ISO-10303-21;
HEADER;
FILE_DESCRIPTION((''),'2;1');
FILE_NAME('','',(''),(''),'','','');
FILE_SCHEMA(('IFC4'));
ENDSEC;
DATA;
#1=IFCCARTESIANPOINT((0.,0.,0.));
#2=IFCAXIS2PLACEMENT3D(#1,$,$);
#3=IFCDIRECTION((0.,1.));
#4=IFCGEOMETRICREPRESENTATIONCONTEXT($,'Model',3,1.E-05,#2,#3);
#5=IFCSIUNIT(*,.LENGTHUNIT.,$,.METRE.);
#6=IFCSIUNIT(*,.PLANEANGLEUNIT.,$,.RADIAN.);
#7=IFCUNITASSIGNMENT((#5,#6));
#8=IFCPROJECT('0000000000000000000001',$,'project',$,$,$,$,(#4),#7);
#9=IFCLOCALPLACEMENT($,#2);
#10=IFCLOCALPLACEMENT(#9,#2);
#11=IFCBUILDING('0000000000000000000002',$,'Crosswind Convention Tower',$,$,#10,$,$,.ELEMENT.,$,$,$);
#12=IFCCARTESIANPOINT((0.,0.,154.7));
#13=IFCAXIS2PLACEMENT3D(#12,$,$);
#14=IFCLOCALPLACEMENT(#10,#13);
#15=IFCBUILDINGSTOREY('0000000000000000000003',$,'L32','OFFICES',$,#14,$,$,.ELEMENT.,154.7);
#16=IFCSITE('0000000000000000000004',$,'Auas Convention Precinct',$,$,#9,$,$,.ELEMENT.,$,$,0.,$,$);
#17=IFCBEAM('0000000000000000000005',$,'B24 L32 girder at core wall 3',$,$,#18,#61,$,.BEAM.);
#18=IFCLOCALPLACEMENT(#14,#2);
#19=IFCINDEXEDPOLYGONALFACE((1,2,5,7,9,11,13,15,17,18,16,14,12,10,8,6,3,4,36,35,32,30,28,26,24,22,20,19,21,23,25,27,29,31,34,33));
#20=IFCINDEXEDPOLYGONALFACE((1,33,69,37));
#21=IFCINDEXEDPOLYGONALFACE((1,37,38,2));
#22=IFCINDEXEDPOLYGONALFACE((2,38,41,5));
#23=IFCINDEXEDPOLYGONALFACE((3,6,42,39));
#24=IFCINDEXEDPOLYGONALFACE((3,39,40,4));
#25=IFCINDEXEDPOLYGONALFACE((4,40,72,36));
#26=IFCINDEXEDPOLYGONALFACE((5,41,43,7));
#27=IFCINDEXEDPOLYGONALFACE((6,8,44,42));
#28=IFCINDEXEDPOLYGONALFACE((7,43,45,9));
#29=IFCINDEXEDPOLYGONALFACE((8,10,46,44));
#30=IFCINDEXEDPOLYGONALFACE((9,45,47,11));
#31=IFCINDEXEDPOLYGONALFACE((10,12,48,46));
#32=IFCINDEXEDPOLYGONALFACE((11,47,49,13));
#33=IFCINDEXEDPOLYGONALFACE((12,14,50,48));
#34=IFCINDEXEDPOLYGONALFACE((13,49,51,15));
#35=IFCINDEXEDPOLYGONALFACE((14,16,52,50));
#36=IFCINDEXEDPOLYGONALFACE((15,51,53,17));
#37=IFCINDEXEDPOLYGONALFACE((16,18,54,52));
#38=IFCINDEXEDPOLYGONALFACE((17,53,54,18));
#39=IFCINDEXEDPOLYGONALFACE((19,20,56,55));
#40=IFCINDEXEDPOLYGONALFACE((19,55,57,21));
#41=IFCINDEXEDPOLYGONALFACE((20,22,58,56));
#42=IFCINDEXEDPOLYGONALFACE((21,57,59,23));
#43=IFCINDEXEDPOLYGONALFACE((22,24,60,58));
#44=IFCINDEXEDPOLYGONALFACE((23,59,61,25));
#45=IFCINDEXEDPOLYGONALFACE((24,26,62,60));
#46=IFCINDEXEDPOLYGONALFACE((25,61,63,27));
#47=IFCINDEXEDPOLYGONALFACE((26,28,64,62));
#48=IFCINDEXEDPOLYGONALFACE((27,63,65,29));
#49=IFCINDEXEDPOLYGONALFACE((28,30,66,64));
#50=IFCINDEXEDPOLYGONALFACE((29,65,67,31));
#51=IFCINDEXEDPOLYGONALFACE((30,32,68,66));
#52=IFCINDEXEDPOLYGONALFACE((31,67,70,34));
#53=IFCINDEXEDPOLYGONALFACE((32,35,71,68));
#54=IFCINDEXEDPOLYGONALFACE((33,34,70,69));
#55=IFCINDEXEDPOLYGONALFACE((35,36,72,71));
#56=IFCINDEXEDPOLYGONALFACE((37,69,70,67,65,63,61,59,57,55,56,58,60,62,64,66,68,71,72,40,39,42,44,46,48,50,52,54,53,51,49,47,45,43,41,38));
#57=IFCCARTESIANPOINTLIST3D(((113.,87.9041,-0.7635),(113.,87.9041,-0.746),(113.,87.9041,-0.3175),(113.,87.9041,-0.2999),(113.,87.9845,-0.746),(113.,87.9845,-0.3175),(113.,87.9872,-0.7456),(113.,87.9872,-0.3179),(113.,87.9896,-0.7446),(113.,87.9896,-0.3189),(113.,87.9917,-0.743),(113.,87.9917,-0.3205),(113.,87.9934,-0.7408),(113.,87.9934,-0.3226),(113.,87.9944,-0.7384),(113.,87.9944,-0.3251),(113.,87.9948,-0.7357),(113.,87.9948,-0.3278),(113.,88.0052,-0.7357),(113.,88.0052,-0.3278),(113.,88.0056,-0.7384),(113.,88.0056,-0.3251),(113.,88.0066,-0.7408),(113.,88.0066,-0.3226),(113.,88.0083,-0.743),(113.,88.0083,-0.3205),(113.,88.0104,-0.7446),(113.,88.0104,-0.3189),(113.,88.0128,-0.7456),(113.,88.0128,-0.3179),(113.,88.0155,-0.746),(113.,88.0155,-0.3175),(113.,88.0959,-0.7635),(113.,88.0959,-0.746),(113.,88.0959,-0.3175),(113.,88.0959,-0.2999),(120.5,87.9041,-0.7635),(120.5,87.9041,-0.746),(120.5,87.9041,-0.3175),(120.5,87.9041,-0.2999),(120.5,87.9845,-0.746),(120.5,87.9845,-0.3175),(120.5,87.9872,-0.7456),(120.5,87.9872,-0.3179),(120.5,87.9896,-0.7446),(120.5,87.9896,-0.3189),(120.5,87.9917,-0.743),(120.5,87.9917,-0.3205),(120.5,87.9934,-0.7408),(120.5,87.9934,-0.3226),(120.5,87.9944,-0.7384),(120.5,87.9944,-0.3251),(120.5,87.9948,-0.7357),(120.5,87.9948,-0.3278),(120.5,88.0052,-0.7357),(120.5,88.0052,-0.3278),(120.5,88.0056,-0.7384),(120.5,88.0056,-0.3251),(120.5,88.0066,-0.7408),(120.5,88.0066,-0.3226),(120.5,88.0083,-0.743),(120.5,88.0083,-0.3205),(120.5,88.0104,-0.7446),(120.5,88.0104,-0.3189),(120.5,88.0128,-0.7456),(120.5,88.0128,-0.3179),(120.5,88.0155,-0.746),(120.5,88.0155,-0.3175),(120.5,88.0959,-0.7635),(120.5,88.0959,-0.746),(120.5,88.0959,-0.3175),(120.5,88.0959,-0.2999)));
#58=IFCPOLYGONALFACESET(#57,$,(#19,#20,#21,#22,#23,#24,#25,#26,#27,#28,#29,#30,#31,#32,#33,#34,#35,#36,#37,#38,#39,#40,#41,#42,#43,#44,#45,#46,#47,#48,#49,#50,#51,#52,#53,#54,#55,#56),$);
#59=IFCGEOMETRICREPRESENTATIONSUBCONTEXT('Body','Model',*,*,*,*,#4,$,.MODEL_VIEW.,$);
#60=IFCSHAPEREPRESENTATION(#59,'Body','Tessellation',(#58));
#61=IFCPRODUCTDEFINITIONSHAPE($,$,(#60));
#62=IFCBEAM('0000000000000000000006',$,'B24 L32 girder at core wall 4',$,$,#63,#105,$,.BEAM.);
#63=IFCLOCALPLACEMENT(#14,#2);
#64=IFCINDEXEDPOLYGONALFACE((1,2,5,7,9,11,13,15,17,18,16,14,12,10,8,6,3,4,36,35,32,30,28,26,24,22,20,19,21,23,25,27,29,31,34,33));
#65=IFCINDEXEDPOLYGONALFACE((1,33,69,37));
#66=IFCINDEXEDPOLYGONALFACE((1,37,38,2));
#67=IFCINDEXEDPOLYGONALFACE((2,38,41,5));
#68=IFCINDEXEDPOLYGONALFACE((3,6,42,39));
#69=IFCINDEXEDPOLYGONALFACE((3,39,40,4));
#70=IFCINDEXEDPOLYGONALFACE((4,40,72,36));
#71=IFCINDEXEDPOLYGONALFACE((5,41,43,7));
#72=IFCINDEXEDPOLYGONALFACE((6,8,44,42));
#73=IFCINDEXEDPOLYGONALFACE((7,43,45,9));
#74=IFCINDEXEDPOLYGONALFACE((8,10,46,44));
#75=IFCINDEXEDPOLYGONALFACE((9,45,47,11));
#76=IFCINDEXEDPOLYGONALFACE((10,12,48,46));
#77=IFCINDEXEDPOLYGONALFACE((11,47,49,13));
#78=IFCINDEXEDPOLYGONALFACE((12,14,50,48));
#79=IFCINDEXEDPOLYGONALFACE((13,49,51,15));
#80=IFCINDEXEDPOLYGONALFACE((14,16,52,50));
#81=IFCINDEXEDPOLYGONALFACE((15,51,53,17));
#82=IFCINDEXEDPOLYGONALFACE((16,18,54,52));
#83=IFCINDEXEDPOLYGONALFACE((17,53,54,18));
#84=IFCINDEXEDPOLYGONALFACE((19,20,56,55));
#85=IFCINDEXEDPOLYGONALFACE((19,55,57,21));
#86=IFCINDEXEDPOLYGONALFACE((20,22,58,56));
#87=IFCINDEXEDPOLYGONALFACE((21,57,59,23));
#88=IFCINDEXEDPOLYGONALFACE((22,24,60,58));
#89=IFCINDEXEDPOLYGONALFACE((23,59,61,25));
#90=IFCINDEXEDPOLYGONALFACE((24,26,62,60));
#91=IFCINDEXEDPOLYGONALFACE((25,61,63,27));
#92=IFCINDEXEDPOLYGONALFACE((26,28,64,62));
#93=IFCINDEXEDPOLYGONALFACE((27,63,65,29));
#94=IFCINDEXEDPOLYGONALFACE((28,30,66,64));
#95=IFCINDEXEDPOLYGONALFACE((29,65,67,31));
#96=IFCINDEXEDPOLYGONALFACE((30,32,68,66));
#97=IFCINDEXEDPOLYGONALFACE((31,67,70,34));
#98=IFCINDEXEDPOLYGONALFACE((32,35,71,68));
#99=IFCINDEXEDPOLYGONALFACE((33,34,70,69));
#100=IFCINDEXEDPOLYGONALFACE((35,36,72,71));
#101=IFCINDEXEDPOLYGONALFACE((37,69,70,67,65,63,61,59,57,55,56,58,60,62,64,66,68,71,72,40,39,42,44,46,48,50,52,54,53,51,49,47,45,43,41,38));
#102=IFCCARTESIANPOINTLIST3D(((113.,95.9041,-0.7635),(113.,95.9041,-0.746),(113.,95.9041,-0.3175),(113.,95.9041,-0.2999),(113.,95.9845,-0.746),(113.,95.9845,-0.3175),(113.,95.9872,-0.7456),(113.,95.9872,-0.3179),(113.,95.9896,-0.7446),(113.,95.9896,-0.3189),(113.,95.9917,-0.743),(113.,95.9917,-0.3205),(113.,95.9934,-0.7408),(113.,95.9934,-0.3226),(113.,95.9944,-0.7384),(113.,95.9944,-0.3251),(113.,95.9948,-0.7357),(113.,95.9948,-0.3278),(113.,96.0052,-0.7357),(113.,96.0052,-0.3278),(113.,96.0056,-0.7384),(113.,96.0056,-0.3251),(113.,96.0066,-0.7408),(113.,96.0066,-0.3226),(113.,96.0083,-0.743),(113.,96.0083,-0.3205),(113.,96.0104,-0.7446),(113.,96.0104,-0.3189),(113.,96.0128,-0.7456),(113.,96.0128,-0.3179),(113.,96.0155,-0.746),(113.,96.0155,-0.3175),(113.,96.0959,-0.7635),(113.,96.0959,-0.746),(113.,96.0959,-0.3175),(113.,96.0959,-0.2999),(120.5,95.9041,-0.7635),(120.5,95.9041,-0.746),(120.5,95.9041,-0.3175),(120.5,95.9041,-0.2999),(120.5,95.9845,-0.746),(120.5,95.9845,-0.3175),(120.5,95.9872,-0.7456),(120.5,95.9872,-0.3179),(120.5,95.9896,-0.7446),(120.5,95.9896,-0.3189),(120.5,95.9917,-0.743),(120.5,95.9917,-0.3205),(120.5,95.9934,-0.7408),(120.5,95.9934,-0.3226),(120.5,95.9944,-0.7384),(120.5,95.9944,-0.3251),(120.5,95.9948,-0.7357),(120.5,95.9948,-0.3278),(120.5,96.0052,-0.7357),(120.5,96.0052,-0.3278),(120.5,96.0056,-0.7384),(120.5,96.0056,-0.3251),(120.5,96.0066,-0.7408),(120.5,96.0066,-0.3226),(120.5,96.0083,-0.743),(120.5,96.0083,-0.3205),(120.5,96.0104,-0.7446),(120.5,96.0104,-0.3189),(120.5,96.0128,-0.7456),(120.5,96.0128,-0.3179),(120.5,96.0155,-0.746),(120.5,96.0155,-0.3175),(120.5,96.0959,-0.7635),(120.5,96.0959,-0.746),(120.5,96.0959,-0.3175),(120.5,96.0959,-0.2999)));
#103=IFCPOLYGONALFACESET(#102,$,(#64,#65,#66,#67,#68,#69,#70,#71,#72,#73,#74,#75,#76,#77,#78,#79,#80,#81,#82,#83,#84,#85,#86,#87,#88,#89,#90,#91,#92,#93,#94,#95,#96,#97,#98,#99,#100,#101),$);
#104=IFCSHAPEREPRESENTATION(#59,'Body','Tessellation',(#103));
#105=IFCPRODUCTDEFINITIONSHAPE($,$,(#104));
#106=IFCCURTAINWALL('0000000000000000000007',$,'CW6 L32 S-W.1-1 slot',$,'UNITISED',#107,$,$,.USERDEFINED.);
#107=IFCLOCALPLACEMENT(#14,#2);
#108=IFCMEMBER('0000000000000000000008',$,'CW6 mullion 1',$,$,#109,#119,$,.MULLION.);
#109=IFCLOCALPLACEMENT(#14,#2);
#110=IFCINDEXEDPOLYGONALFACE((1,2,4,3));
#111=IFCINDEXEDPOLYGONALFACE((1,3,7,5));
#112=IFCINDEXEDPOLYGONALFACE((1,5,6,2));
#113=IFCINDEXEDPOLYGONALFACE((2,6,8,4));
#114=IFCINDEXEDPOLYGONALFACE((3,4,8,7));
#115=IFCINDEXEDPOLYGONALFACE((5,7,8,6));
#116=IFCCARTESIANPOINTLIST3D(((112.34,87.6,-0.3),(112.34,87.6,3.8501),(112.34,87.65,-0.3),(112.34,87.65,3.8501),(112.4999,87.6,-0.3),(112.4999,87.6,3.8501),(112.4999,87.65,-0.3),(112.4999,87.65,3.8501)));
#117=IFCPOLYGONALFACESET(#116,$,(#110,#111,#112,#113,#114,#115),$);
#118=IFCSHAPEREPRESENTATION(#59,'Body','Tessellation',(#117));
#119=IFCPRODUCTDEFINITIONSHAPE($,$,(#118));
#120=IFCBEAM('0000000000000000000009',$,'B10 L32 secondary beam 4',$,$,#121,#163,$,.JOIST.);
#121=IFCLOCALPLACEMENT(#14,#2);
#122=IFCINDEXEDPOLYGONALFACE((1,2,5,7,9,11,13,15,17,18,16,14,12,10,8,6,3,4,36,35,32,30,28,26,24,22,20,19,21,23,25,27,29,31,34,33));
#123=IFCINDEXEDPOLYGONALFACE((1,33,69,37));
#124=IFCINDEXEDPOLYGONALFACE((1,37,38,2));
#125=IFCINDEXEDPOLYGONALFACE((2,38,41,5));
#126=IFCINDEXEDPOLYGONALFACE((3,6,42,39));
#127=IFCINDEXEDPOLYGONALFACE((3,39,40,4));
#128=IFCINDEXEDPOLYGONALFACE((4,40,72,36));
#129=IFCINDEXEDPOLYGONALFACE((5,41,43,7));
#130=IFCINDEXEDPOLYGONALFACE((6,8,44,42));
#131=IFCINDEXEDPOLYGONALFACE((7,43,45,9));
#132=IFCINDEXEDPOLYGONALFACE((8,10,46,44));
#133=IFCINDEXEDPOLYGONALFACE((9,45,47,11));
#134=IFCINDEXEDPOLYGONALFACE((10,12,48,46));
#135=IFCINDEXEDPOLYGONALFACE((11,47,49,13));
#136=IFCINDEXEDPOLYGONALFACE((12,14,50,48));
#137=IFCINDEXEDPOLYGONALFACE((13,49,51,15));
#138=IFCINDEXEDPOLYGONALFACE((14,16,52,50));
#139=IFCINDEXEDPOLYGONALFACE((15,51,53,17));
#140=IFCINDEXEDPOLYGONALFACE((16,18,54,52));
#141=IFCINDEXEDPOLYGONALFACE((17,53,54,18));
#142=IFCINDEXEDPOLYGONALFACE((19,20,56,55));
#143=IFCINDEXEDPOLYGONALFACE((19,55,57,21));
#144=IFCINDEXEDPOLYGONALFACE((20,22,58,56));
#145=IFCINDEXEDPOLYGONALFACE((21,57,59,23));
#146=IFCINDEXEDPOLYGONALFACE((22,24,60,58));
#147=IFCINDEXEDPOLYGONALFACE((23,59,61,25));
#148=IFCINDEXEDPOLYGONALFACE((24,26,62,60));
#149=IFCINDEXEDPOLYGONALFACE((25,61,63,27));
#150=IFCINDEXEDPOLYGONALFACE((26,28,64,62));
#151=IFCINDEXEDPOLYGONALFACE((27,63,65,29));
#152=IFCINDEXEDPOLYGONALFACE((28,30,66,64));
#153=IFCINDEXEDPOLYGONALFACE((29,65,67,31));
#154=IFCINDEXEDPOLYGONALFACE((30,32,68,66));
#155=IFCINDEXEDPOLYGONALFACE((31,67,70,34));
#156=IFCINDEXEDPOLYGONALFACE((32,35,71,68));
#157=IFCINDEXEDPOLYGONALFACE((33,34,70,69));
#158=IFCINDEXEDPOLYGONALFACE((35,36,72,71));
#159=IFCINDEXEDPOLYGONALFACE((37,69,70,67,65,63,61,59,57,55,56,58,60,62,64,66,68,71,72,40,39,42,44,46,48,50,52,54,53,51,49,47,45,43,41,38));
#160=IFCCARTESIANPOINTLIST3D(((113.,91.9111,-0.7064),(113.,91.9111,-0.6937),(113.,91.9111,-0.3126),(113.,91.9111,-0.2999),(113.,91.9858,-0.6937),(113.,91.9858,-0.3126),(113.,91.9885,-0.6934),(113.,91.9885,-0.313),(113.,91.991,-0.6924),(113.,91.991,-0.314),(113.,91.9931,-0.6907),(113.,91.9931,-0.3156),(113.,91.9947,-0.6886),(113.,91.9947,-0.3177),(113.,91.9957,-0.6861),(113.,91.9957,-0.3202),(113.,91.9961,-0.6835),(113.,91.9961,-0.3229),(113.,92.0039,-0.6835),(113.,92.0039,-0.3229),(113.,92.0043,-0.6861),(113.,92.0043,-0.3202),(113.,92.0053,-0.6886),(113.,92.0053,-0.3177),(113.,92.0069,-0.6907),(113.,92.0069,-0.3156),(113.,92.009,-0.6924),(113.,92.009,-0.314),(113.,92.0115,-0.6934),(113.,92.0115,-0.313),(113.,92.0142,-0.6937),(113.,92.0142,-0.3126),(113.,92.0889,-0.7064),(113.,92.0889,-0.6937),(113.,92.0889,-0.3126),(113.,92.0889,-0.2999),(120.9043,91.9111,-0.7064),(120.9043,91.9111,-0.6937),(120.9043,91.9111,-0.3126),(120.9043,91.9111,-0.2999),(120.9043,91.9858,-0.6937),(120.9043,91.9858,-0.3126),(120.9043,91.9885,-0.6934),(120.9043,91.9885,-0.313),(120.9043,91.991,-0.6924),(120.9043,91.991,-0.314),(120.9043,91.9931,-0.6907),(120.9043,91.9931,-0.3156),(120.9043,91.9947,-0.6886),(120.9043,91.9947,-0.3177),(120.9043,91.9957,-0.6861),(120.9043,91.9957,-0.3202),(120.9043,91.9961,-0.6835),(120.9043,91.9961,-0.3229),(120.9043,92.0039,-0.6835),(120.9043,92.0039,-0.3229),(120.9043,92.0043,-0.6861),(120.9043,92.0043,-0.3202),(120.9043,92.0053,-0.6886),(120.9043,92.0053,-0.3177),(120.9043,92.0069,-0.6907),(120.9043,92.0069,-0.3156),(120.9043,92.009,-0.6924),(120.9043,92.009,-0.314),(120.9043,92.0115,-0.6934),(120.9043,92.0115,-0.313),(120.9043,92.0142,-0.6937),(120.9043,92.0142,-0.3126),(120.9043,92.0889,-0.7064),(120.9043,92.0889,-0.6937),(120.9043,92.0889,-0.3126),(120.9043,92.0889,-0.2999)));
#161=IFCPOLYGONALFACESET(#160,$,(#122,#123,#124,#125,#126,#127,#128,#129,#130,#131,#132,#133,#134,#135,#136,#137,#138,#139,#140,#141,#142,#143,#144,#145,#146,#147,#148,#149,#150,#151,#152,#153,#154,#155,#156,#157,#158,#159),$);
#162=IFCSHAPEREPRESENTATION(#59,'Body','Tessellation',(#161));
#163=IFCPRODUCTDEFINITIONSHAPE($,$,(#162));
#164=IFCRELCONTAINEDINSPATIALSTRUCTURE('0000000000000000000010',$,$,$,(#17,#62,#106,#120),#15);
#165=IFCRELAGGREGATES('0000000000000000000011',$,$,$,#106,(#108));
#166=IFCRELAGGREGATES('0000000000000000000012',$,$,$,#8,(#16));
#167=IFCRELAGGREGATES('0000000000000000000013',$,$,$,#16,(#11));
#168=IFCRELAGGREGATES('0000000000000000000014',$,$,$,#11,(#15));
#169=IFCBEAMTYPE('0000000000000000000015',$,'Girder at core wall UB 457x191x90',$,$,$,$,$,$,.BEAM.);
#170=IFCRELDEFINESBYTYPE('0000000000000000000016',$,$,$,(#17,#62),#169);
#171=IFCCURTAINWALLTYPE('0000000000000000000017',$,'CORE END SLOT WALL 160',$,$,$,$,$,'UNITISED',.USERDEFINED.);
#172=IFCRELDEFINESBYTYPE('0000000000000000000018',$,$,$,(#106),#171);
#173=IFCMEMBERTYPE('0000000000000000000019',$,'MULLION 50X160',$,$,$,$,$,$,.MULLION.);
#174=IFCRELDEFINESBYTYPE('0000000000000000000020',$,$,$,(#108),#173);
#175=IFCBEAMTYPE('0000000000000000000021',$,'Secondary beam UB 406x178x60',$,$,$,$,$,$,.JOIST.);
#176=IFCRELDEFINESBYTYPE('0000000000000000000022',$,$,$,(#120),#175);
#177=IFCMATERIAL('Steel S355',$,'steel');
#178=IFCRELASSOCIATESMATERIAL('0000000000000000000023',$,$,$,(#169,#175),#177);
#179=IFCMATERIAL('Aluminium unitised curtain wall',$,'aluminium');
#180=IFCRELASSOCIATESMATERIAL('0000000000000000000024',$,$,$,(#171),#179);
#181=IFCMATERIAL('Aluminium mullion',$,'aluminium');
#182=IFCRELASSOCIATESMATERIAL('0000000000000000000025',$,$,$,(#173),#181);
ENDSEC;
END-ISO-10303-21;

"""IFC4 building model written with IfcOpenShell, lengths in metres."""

from ifc_helpers import new_model, si_unit, direction, frame, origin, origin_2d, place, context, subcontext, project, spatial, rectangle, i_section, extrude, material, material_profile, profile_set, type_object, element, aggregate, save


model = new_model("IFC4")

# Units and contexts
model_context = context("Model", 3, precision=1e-05, world=origin(), true_north=direction((0.0, 1.0)))
body_context = subcontext(model_context, "Body", "Model", "MODEL_VIEW")
ifc_project = project(units=[si_unit("LENGTHUNIT", "METRE"), si_unit("PLANEANGLEUNIT", "RADIAN")], contexts=[model_context])

# Site, building, storey
site_placement = place(None, origin())
site = spatial("IfcSite", under=ifc_project, at=site_placement, Name="Auas Convention Precinct", CompositionType="ELEMENT", RefElevation=0.0)
building_placement = place(site_placement, origin())
building = spatial("IfcBuilding", under=site, at=building_placement, Name="Crosswind Convention Tower", CompositionType="ELEMENT")
storey_placement = place(building_placement, frame((0.0, 0.0, 154.7)))
storey = spatial("IfcBuildingStorey", under=building, at=storey_placement, Name="L32", Description="OFFICES", CompositionType="ELEMENT", Elevation=154.7)

# Beams
ifc_material_1 = material(Name="Steel S355", Category="steel")
ifc_material_profile_1 = material_profile(ifc_material_1, i_section(OverallWidth=0.1919, OverallDepth=0.4636, WebThickness=0.0105, FlangeThickness=0.0176, FilletRadius=0.0103, at=origin_2d()), Name="UB 457x191x90")
ifc_profile_set_1 = profile_set([ifc_material_profile_1], Name="Steel S355")
beam_type_1 = type_object("IfcBeamType", Name="Girder at core wall UB 457x191x90", PredefinedType="BEAM", material=ifc_profile_set_1)
for number, where, z_axis, x_axis, name in (
    (1, (113.0, 88.0, -0.5317), (1.0, 0.0, 0.0), (0.0, 1.0, 0.0), "B24 L32 girder at core wall 3"),
    (2, (113.0, 96.0, -0.5317), (1.0, 0.0, 0.0), (0.0, 1.0, 0.0), "B24 L32 girder at core wall 4"),
):
    element("IfcBeam", number, at=place(storey_placement, frame(where, z_axis=z_axis, x_axis=x_axis)), inside=storey, type_object=beam_type_1, Name=name, PredefinedType="BEAM", context=body_context, shape_type="SweptSolid", body=[
        extrude(i_section(OverallWidth=0.1919, OverallDepth=0.4636, WebThickness=0.0105, FlangeThickness=0.0176, FilletRadius=0.0103, at=origin_2d()), origin(), (0.0, 0.0, 1.0), 7.5),
    ])

# Curtain wall, member
ifc_material_2 = material(Name="Aluminium unitised curtain wall", Category="aluminium")
curtain_wall_type = type_object("IfcCurtainWallType", Name="CORE END SLOT WALL 160", ElementType="UNITISED", PredefinedType="USERDEFINED", material=ifc_material_2)
curtain_wall_placement = place(storey_placement, origin())
curtain_wall = element("IfcCurtainWall", 3, at=curtain_wall_placement, inside=storey, type_object=curtain_wall_type, Name="CW6 L32 S-W.1-1 slot", ObjectType="UNITISED", PredefinedType="USERDEFINED")
ifc_material_3 = material(Name="Aluminium mullion", Category="aluminium")
ifc_material_profile_2 = material_profile(ifc_material_3, rectangle(XDim=0.1599, YDim=0.05, at=origin_2d()), Name="AL 160X50")
ifc_profile_set_2 = profile_set([ifc_material_profile_2], Name="Aluminium mullion")
member_type_1 = type_object("IfcMemberType", Name="MULLION 50X160", PredefinedType="MULLION", material=ifc_profile_set_2)
member_1_placement = place(storey_placement, frame((112.4199, 87.625, -0.3), z_axis=(0.0, 0.0, 1.0), x_axis=(-1.0, 0.0, 0.0)))
member_1 = element("IfcMember", 4, at=member_1_placement, type_object=member_type_1, Name="CW6 mullion 1", PredefinedType="MULLION", context=body_context, shape_type="SweptSolid", body=[
    extrude(rectangle(XDim=0.1599, YDim=0.05, at=origin_2d()), origin(), (0.0, 0.0, 1.0), 4.1501),
])

# Beam
ifc_material_profile_3 = material_profile(ifc_material_1, i_section(OverallWidth=0.1777, OverallDepth=0.4065, WebThickness=0.0078, FlangeThickness=0.0127, FilletRadius=0.0103, at=origin_2d()), Name="UB 406x178x60")
ifc_profile_set_3 = profile_set([ifc_material_profile_3], Name="Steel S355")
beam_type_2 = type_object("IfcBeamType", Name="Secondary beam UB 406x178x60", PredefinedType="JOIST", material=ifc_profile_set_3)
beam_1_placement = place(storey_placement, frame((113.0, 92.0, -0.5032), z_axis=(1.0, 0.0, 0.0), x_axis=(0.0, 1.0, 0.0)))
element("IfcBeam", 5, at=beam_1_placement, inside=storey, type_object=beam_type_2, Name="B10 L32 secondary beam 4", PredefinedType="JOIST", context=body_context, shape_type="SweptSolid", body=[
    extrude(i_section(OverallWidth=0.1777, OverallDepth=0.4065, WebThickness=0.0078, FlangeThickness=0.0127, FilletRadius=0.0103, at=origin_2d()), origin(), (0.0, 0.0, 1.0), 7.9043),
])

aggregate(curtain_wall, [member_1])

save(model, "model.ifc")
